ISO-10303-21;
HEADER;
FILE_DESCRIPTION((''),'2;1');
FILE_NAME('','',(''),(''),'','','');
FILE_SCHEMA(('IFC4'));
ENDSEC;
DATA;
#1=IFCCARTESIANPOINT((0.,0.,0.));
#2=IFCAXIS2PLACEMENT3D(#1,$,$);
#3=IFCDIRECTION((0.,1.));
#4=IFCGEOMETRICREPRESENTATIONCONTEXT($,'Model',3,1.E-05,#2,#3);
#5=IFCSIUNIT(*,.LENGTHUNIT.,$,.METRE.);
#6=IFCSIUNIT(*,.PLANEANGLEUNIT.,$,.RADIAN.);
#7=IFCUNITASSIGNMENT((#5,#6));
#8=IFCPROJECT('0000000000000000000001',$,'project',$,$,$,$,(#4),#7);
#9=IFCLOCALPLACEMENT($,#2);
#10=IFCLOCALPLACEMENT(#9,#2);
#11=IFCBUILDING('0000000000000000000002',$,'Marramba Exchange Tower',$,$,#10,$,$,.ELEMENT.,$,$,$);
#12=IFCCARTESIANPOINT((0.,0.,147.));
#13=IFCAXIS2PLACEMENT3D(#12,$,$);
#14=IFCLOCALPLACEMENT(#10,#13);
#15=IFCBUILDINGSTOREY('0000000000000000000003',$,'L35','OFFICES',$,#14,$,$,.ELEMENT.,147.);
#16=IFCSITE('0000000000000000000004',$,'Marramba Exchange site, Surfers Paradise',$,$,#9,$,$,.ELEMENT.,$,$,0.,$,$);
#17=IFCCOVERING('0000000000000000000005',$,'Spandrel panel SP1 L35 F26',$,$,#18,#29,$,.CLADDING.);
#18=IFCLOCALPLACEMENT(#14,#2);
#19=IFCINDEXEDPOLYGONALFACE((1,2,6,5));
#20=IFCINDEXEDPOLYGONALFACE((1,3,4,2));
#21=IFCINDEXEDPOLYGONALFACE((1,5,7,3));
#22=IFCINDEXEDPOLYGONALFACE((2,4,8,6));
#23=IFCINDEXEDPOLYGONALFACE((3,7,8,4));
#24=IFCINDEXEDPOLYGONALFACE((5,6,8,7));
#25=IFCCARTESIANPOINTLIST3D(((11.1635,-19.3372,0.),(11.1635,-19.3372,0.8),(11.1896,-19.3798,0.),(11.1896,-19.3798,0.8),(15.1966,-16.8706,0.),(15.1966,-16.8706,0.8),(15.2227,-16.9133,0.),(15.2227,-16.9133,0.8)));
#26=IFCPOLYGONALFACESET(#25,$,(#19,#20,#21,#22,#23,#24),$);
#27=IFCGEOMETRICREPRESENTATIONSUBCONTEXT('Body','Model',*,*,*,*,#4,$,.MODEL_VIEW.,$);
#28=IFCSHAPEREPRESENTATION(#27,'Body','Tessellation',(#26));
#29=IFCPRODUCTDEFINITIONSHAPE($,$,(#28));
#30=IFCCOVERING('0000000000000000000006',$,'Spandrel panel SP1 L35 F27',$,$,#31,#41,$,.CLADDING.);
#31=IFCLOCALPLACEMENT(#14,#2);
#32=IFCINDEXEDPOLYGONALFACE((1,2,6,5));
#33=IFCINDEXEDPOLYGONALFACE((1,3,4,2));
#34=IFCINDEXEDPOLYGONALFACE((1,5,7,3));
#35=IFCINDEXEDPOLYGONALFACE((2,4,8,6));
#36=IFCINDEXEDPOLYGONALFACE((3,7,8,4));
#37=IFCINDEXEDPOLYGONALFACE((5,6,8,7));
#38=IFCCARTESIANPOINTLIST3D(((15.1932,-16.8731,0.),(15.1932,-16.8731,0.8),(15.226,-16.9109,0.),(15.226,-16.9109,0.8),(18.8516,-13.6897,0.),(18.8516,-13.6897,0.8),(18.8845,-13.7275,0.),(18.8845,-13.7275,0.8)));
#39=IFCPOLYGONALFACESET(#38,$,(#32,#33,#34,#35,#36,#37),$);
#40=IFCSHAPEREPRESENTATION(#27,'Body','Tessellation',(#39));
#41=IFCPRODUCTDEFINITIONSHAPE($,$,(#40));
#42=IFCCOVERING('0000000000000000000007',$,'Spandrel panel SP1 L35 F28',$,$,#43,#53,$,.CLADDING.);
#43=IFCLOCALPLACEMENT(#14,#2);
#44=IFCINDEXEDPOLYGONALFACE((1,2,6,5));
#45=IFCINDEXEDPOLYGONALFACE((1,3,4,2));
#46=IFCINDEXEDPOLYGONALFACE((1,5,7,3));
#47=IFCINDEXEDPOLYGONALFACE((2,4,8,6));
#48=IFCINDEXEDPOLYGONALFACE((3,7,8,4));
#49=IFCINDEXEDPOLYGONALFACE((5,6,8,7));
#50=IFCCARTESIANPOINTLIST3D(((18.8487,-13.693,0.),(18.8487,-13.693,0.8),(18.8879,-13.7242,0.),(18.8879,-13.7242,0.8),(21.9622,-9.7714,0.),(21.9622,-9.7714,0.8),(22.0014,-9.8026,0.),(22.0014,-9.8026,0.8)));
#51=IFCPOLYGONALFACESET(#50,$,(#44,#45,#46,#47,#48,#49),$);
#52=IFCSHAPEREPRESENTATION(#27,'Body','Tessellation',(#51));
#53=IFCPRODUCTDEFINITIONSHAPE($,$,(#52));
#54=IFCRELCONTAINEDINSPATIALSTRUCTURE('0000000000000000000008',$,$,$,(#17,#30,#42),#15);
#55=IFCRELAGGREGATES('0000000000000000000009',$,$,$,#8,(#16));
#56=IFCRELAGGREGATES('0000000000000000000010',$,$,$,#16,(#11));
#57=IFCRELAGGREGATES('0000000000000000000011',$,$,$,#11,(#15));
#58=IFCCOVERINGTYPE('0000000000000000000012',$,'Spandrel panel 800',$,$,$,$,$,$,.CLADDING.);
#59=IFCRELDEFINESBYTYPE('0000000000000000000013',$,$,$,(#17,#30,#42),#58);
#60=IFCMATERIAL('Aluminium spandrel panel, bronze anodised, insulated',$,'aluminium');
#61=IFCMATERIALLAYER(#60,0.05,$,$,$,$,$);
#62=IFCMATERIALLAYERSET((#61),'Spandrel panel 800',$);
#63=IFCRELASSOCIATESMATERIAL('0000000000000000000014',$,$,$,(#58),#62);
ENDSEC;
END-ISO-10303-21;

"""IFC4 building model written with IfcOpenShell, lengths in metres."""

from ifc_helpers import new_model, si_unit, direction, frame, origin, origin_2d, place, context, subcontext, project, spatial, rectangle, extrude, material, layer, layer_set, type_object, element, save


model = new_model("IFC4")

# Units and contexts
model_context = context("Model", 3, precision=1e-05, world=origin(), true_north=direction((0.0, 1.0)))
body_context = subcontext(model_context, "Body", "Model", "MODEL_VIEW")
ifc_project = project(units=[si_unit("LENGTHUNIT", "METRE"), si_unit("PLANEANGLEUNIT", "RADIAN")], contexts=[model_context])

# Site, building, storey
site_placement = place(None, origin())
site = spatial("IfcSite", under=ifc_project, at=site_placement, Name="Marramba Exchange site, Surfers Paradise", CompositionType="ELEMENT", RefElevation=0.0)
building_placement = place(site_placement, origin())
building = spatial("IfcBuilding", under=site, at=building_placement, Name="Marramba Exchange Tower", CompositionType="ELEMENT")
storey_placement = place(building_placement, frame((0.0, 0.0, 147.0)))
storey = spatial("IfcBuildingStorey", under=building, at=storey_placement, Name="L35", Description="OFFICES", CompositionType="ELEMENT", Elevation=147.0)

# Coverings
ifc_material_1 = material(Name="Aluminium spandrel panel, bronze anodised, insulated", Category="aluminium")
ifc_layer_1 = layer(ifc_material_1, 0.05)
ifc_layer_set_1 = layer_set([ifc_layer_1], Name="Spandrel panel 800")
covering_type = type_object("IfcCoveringType", Name="Spandrel panel 800", PredefinedType="CLADDING", material=ifc_layer_set_1)
covering_1_placement = place(storey_placement, frame((13.1931, -18.1252, 0.0), z_axis=(0.0, 0.0, 1.0), x_axis=(0.853109, 0.521733, 0.0)))
element("IfcCovering", 1, at=covering_1_placement, inside=storey, type_object=covering_type, Name="Spandrel panel SP1 L35 F26", PredefinedType="CLADDING", context=body_context, shape_type="SweptSolid", body=[
    extrude(rectangle(XDim=4.7275, YDim=0.05, at=origin_2d()), origin(), (0.0, 0.0, 1.0), 0.8),
])
covering_2_placement = place(storey_placement, frame((17.0388, -15.3003, 0.0), z_axis=(0.0, 0.0, 1.0), x_axis=(0.754386, 0.656432, 0.0)))
element("IfcCovering", 2, at=covering_2_placement, inside=storey, type_object=covering_type, Name="Spandrel panel SP1 L35 F27", PredefinedType="CLADDING", context=body_context, shape_type="SweptSolid", body=[
    extrude(rectangle(XDim=4.8496, YDim=0.05, at=origin_2d()), origin(), (0.0, 0.0, 1.0), 0.8),
])
covering_3_placement = place(storey_placement, frame((20.425, -11.7478, 0.0), z_axis=(0.0, 0.0, 1.0), x_axis=(0.621807, 0.78317, 0.0)))
element("IfcCovering", 3, at=covering_3_placement, inside=storey, type_object=covering_type, Name="Spandrel panel SP1 L35 F28", PredefinedType="CLADDING", context=body_context, shape_type="SweptSolid", body=[
    extrude(rectangle(XDim=5.0073, YDim=0.05, at=origin_2d()), origin(), (0.0, 0.0, 1.0), 0.8),
])

save(model, "model.ifc")
